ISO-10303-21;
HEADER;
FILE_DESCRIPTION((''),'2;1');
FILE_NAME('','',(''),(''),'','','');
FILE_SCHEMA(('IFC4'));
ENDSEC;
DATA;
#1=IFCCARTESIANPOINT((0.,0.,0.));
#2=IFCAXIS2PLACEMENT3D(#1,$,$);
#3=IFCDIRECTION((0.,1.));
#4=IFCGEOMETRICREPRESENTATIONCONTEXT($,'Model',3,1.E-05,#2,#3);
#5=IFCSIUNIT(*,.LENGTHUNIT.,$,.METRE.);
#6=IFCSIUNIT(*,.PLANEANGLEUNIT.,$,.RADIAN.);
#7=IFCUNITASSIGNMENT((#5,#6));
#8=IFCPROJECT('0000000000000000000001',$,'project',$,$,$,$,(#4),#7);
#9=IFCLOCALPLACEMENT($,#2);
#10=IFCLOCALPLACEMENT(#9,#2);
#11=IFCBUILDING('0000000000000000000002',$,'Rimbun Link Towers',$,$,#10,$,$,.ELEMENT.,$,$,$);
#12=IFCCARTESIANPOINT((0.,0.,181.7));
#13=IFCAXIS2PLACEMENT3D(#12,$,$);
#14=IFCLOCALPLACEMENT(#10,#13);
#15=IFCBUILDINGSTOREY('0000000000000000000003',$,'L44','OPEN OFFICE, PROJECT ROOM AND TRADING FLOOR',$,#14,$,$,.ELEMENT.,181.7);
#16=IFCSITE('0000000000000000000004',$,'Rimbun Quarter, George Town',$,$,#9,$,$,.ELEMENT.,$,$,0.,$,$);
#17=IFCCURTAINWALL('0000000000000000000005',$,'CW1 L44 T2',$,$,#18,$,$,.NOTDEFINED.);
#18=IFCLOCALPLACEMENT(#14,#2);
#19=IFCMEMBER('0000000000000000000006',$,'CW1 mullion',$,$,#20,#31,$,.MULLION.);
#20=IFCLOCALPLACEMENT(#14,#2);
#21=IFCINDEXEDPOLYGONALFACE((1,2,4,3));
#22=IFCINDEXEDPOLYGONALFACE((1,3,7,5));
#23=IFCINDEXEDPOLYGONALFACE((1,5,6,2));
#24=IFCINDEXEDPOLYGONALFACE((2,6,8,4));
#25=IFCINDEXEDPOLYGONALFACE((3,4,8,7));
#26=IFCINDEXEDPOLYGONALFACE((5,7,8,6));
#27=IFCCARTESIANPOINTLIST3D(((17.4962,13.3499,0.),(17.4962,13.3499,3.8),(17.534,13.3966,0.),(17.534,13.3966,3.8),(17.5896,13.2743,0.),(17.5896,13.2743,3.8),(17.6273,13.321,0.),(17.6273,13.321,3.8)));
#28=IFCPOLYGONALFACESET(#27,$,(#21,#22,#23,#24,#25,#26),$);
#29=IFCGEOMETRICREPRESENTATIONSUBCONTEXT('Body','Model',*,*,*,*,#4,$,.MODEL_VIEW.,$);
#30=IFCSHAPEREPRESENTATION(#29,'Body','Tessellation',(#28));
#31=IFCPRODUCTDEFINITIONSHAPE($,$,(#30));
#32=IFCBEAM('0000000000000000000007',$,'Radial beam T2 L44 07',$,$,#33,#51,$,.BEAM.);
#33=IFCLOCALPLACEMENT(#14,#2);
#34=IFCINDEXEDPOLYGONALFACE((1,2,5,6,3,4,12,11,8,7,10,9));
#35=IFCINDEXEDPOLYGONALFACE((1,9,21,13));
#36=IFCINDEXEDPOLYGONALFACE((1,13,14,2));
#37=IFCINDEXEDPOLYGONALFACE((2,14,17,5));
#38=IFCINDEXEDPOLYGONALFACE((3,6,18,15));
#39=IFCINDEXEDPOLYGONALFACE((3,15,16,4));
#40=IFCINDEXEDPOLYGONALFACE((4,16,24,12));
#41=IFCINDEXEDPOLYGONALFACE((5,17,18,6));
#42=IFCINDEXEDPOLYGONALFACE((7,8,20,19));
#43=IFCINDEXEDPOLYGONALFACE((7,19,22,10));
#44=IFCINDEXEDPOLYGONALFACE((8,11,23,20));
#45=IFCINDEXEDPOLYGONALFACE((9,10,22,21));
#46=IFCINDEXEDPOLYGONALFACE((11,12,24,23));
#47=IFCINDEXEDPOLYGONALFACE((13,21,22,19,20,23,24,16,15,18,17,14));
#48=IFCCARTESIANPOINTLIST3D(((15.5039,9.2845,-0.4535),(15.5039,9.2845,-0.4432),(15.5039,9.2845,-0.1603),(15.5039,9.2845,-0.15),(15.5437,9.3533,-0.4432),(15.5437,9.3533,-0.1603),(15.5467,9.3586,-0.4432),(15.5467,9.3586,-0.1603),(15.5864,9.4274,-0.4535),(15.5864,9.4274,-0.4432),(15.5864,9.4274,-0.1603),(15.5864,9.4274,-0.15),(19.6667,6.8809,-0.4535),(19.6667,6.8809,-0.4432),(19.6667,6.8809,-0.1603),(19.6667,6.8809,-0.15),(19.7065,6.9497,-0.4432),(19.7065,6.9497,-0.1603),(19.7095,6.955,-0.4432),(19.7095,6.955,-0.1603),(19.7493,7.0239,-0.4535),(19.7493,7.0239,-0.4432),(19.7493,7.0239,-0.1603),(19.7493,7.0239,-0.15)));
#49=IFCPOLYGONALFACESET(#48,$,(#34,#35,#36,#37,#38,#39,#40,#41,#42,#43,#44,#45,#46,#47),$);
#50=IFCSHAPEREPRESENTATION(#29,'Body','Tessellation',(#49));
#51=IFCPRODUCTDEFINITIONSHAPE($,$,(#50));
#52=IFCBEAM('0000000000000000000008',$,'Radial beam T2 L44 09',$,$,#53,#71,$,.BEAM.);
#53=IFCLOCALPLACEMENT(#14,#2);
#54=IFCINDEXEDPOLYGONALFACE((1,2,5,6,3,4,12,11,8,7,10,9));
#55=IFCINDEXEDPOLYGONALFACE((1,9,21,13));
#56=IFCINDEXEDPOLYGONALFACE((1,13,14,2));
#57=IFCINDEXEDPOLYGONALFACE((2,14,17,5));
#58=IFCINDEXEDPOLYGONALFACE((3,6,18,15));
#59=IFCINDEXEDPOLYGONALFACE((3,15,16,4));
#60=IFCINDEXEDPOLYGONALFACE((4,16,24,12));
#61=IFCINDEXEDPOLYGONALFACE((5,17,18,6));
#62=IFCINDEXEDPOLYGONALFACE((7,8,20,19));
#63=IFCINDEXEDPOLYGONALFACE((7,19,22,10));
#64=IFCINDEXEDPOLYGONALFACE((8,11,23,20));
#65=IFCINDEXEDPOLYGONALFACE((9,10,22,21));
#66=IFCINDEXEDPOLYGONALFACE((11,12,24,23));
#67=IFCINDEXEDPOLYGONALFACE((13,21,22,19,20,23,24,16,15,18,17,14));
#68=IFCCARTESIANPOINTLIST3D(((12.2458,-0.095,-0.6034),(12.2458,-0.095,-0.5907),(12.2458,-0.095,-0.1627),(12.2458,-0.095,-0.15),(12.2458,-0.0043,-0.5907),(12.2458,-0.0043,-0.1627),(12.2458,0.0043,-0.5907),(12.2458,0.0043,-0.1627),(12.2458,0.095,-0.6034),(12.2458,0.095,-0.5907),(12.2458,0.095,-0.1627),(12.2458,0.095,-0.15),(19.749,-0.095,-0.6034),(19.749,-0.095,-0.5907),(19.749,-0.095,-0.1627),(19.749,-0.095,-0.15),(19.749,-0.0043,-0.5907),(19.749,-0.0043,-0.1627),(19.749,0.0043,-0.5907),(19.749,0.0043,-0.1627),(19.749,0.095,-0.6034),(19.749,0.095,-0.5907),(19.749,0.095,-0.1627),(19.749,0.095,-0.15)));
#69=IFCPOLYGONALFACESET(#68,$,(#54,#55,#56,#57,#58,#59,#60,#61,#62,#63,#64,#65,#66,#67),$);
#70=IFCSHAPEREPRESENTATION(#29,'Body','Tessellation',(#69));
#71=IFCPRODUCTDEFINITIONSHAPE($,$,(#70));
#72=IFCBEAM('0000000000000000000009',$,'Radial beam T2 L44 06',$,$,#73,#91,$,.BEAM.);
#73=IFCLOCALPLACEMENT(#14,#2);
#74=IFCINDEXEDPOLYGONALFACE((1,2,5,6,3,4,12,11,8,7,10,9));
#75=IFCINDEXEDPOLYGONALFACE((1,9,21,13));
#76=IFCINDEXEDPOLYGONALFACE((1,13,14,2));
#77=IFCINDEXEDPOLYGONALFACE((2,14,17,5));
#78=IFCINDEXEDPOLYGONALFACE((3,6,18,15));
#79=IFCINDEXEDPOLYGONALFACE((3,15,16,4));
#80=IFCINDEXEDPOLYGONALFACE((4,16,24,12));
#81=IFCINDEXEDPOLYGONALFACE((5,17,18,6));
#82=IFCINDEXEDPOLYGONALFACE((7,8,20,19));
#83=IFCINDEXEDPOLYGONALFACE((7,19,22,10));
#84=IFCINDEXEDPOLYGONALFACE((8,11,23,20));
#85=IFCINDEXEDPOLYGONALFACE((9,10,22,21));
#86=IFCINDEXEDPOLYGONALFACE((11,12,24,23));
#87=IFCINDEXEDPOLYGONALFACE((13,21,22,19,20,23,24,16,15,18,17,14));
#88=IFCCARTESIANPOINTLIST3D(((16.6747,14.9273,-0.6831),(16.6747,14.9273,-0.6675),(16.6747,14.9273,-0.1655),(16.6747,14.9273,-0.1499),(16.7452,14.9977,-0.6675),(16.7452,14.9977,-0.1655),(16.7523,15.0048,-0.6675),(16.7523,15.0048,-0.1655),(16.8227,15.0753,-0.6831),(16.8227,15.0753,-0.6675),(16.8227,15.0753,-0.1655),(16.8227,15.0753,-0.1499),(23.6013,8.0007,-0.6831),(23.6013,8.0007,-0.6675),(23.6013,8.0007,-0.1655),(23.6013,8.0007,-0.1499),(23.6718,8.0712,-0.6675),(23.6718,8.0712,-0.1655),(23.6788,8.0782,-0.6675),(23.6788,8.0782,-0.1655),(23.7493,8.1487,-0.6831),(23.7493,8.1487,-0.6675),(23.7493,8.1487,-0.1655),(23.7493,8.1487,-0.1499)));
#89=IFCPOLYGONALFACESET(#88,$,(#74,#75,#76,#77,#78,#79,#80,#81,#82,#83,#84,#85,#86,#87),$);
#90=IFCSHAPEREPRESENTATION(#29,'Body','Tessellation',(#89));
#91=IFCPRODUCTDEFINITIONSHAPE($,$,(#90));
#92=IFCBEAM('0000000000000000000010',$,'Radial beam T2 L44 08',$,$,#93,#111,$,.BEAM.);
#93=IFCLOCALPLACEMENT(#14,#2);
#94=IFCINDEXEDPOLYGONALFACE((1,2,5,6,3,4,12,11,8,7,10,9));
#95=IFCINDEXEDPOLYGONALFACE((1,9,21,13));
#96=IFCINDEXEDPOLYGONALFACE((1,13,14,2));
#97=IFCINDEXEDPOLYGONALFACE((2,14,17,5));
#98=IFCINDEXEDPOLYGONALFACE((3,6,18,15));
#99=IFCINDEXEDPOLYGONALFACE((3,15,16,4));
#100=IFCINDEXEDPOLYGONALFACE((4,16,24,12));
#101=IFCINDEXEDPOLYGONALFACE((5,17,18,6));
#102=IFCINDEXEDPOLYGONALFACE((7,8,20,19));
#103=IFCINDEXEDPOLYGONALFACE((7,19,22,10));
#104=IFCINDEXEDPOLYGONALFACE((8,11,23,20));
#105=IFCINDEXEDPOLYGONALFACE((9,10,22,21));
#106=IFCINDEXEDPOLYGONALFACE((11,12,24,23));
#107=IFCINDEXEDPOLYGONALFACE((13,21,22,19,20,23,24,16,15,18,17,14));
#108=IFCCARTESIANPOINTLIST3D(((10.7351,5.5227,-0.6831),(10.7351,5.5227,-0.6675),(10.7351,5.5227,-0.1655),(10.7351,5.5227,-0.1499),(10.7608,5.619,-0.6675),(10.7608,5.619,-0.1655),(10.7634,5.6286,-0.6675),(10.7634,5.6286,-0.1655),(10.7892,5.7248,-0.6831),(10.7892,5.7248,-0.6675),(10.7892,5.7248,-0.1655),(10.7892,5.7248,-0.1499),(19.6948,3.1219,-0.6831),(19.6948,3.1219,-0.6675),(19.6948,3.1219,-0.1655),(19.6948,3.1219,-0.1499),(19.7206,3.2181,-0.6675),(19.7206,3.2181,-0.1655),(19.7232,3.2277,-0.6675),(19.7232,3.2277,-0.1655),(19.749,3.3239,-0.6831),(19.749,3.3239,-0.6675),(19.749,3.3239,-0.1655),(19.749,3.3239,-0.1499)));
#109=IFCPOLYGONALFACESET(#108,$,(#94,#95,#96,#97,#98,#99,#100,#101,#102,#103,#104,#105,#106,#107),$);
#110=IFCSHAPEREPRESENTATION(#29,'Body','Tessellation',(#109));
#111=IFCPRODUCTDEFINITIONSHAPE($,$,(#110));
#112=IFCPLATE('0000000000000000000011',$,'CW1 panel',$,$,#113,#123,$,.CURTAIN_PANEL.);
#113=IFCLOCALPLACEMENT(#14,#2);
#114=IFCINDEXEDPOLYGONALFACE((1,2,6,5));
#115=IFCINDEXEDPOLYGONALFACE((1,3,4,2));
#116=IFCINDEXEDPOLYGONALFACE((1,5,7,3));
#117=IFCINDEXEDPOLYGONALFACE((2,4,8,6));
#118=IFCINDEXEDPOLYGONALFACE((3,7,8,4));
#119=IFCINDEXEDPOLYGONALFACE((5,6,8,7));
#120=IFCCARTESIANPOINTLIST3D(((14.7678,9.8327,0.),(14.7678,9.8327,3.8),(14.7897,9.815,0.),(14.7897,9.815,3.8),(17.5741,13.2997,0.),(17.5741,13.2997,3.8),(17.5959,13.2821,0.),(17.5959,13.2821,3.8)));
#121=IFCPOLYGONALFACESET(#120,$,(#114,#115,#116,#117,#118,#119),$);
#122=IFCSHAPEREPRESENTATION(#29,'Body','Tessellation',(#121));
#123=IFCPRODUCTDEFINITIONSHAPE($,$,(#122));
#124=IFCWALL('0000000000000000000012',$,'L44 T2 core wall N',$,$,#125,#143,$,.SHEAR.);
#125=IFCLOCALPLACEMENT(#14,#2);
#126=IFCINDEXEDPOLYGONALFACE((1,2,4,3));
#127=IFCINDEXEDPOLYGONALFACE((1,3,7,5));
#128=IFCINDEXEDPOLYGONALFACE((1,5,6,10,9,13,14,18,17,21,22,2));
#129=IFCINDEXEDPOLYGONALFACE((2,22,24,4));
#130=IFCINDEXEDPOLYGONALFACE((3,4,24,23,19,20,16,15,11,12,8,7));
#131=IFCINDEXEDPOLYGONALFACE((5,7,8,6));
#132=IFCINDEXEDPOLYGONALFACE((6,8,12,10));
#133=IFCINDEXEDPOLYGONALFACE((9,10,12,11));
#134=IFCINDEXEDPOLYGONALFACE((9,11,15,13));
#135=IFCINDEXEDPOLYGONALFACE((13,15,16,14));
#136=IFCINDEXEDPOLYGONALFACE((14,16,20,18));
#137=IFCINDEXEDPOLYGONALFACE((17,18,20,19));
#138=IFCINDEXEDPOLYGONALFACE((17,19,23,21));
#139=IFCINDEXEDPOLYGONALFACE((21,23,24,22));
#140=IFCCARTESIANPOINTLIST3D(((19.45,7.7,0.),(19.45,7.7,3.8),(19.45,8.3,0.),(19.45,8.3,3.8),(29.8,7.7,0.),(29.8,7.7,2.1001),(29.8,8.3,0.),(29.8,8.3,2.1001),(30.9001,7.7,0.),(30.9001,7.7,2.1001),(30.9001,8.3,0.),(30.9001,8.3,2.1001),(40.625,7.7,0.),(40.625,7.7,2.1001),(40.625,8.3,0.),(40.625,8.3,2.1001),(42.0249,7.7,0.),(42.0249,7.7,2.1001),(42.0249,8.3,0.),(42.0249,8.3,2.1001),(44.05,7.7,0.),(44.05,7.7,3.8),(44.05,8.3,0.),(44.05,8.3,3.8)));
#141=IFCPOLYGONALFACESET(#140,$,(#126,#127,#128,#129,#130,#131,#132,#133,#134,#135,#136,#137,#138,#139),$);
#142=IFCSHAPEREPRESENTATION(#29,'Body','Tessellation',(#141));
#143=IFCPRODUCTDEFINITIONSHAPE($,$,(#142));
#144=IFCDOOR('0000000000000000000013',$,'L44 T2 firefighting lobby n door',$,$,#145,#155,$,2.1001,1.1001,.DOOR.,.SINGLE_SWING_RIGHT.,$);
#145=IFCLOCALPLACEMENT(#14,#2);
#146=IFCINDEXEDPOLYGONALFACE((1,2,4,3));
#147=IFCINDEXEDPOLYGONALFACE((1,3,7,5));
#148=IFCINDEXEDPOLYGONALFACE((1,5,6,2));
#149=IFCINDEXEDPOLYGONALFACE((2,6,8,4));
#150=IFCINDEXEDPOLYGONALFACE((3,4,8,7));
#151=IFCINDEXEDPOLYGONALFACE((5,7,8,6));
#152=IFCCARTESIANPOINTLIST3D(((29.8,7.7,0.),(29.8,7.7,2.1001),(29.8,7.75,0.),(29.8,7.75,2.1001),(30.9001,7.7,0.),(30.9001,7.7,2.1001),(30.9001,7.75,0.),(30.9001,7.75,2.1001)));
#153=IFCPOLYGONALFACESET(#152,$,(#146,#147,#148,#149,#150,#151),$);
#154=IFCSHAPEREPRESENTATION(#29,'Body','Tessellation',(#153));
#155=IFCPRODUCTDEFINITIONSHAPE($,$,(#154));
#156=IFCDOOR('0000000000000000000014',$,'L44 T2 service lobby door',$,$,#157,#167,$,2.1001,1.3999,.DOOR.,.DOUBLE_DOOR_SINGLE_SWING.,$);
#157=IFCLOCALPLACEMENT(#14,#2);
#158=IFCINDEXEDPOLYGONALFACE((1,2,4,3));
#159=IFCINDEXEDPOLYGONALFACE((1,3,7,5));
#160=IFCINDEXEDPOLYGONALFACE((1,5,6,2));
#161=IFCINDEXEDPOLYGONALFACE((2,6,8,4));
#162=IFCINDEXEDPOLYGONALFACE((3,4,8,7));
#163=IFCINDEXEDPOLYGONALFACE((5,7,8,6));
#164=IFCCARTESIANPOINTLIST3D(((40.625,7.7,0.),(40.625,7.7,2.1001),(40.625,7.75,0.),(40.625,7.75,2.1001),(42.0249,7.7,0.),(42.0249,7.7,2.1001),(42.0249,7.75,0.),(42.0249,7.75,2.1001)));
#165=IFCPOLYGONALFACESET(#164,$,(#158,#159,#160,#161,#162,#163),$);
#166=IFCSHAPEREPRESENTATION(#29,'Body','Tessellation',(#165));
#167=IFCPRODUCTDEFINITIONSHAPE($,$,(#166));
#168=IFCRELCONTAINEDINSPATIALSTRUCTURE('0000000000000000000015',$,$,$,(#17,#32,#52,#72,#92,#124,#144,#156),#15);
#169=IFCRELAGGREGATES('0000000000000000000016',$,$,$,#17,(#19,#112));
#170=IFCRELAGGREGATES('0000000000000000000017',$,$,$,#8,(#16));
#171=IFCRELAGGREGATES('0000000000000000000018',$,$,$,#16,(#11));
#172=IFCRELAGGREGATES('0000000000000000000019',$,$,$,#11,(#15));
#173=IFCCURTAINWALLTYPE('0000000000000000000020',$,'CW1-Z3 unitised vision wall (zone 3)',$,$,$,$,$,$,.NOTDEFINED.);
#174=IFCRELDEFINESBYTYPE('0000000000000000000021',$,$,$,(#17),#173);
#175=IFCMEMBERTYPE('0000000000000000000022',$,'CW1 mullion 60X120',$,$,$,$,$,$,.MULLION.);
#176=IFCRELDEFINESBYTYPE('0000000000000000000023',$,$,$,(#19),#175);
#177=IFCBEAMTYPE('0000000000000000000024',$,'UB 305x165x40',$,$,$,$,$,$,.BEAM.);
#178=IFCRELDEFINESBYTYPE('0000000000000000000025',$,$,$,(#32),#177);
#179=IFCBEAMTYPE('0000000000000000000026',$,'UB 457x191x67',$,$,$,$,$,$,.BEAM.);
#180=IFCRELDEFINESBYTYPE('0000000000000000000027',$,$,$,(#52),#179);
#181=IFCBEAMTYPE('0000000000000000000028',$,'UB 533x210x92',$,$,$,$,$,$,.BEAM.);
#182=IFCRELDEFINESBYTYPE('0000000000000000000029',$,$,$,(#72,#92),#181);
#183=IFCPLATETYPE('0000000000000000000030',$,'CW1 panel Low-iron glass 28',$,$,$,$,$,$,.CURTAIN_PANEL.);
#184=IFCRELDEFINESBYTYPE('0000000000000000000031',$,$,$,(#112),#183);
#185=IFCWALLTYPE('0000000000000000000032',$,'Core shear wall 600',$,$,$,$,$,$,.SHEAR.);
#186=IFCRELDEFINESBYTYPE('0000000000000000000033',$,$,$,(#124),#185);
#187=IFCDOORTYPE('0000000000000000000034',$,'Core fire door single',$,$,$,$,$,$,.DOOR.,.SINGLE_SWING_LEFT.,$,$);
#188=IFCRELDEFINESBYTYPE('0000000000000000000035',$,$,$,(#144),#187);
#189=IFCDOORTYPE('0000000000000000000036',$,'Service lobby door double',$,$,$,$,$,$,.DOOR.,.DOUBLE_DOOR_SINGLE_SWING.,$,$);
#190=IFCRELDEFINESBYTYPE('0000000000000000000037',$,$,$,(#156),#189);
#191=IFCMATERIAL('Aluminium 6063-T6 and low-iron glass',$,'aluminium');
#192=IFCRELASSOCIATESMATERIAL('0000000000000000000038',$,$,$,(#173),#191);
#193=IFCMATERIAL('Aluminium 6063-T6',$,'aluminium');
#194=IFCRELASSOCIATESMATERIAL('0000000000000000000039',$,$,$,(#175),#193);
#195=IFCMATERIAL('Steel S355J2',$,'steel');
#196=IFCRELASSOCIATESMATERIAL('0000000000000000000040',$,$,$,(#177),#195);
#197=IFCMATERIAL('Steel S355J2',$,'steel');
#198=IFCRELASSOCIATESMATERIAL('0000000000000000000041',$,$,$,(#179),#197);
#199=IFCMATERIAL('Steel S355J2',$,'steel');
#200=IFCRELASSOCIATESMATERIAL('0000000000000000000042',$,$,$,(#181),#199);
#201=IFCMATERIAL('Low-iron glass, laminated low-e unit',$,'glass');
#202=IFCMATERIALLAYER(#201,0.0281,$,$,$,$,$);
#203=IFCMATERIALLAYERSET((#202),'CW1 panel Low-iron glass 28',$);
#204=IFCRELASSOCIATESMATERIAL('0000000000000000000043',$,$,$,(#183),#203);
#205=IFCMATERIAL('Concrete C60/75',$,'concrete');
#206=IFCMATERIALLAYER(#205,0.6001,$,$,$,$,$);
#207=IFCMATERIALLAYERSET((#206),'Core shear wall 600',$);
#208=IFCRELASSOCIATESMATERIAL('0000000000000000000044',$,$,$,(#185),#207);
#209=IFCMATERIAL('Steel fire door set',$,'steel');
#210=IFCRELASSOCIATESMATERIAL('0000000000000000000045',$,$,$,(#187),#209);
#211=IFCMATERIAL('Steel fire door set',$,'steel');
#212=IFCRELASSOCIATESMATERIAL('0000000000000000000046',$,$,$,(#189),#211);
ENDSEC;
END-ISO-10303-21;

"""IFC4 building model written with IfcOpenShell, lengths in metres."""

from ifc_helpers import new_model, si_unit, direction, frame, frame_2d, origin, origin_2d, place, context, subcontext, project, spatial, rectangle, i_section, extrude, material, layer, layer_set, material_profile, profile_set, type_object, element, fill, aggregate, save


model = new_model("IFC4")

# Units and contexts
model_context = context("Model", 3, precision=1e-05, world=origin(), true_north=direction((0.0, 1.0)))
body_context = subcontext(model_context, "Body", "Model", "MODEL_VIEW")
ifc_project = project(units=[si_unit("LENGTHUNIT", "METRE"), si_unit("PLANEANGLEUNIT", "RADIAN")], contexts=[model_context])

# Site, building, storey
site_placement = place(None, origin())
site = spatial("IfcSite", under=ifc_project, at=site_placement, Name="Rimbun Quarter, George Town", CompositionType="ELEMENT", RefElevation=0.0)
building_placement = place(site_placement, origin())
building = spatial("IfcBuilding", under=site, at=building_placement, Name="Rimbun Link Towers", CompositionType="ELEMENT")
storey_placement = place(building_placement, frame((0.0, 0.0, 181.7)))
storey = spatial("IfcBuildingStorey", under=building, at=storey_placement, Name="L44", Description="OPEN OFFICE, PROJECT ROOM AND TRADING FLOOR", CompositionType="ELEMENT", Elevation=181.7)

# Curtain wall, member
ifc_material_1 = material(Name="Aluminium 6063-T6 and low-iron glass", Category="aluminium")
curtain_wall_type = type_object("IfcCurtainWallType", Name="CW1-Z3 unitised vision wall (zone 3)", PredefinedType="NOTDEFINED", material=ifc_material_1)
curtain_wall_placement = place(storey_placement, origin())
curtain_wall = element("IfcCurtainWall", 1, at=curtain_wall_placement, inside=storey, type_object=curtain_wall_type, Name="CW1 L44 T2", PredefinedType="NOTDEFINED")
ifc_material_2 = material(Name="Aluminium 6063-T6", Category="aluminium")
ifc_material_profile_1 = material_profile(ifc_material_2, rectangle(XDim=0.1201, YDim=0.0601, at=origin_2d()), Name="MULLION 60X120")
ifc_profile_set_1 = profile_set([ifc_material_profile_1], Name="Aluminium 6063-T6")
member_type = type_object("IfcMemberType", Name="CW1 mullion 60X120", PredefinedType="MULLION", material=ifc_profile_set_1)
member_placement = place(storey_placement, frame((17.5618, 13.3354, 0.0), z_axis=(0.0, 0.0, 1.0), x_axis=(-0.777287, 0.629146, 0.0)))
member = element("IfcMember", 2, at=member_placement, type_object=member_type, Name="CW1 mullion", PredefinedType="MULLION", context=body_context, shape_type="SweptSolid", body=[
    extrude(rectangle(XDim=0.1201, YDim=0.0601, at=origin_2d()), origin(), (0.0, 0.0, 1.0), 3.8),
])

# Beams
ifc_material_3 = material(Name="Steel S355J2", Category="steel")
ifc_material_profile_2 = material_profile(ifc_material_3, i_section(OverallWidth=0.165, OverallDepth=0.3035, WebThickness=0.0061, FlangeThickness=0.0103, at=origin_2d()), Name="UB 305x165x40")
ifc_profile_set_2 = profile_set([ifc_material_profile_2], Name="Steel S355J2")
beam_type_1 = type_object("IfcBeamType", Name="UB 305x165x40", PredefinedType="BEAM", material=ifc_profile_set_2)
beam_1_placement = place(storey_placement, frame((19.708, 6.9524, -0.3018), z_axis=(-0.866012, 0.500023, 0.0), x_axis=(-0.500023, -0.866012, 0.0)))
element("IfcBeam", 3, at=beam_1_placement, inside=storey, type_object=beam_type_1, Name="Radial beam T2 L44 07", PredefinedType="BEAM", context=body_context, shape_type="SweptSolid", body=[
    extrude(i_section(OverallWidth=0.165, OverallDepth=0.3035, WebThickness=0.0061, FlangeThickness=0.0103, at=origin_2d()), origin(), (0.0, 0.0, 1.0), 4.8069),
])
ifc_material_4 = material(Name="Steel S355J2", Category="steel")
ifc_material_profile_3 = material_profile(ifc_material_4, i_section(OverallWidth=0.1899, OverallDepth=0.4534, WebThickness=0.0085, FlangeThickness=0.0127, at=origin_2d()), Name="UB 457x191x67")
ifc_profile_set_3 = profile_set([ifc_material_profile_3], Name="Steel S355J2")
beam_type_2 = type_object("IfcBeamType", Name="UB 457x191x67", PredefinedType="BEAM", material=ifc_profile_set_3)
beam_2_placement = place(storey_placement, frame((19.749, 0.0, -0.3767), z_axis=(-1.0, 0.0, 0.0), x_axis=(0.0, -1.0, 0.0)))
element("IfcBeam", 4, at=beam_2_placement, inside=storey, type_object=beam_type_2, Name="Radial beam T2 L44 09", PredefinedType="BEAM", context=body_context, shape_type="SweptSolid", body=[
    extrude(i_section(OverallWidth=0.1899, OverallDepth=0.4534, WebThickness=0.0085, FlangeThickness=0.0127, at=origin_2d()), origin(), (0.0, 0.0, 1.0), 7.5032),
])
ifc_material_5 = material(Name="Steel S355J2", Category="steel")
ifc_material_profile_4 = material_profile(ifc_material_5, i_section(OverallWidth=0.2092, OverallDepth=0.5332, WebThickness=0.01, FlangeThickness=0.0156, at=origin_2d()), Name="UB 533x210x92")
ifc_profile_set_4 = profile_set([ifc_material_profile_4], Name="Steel S355J2")
beam_type_3 = type_object("IfcBeamType", Name="UB 533x210x92", PredefinedType="BEAM", material=ifc_profile_set_4)
beam_3_placement = place(storey_placement, frame((23.6753, 8.0747, -0.4165), z_axis=(-0.707107, 0.707107, 0.0), x_axis=(-0.707107, -0.707107, 0.0)))
element("IfcBeam", 5, at=beam_3_placement, inside=storey, type_object=beam_type_3, Name="Radial beam T2 L44 06", PredefinedType="BEAM", context=body_context, shape_type="SweptSolid", body=[
    extrude(i_section(OverallWidth=0.2092, OverallDepth=0.5332, WebThickness=0.01, FlangeThickness=0.0156, at=origin_2d()), origin(), (0.0, 0.0, 1.0), 9.7957),
])
beam_4_placement = place(storey_placement, frame((19.7219, 3.2229, -0.4165), z_axis=(-0.965922, 0.258832, 0.0), x_axis=(-0.258832, -0.965922, 0.0)))
element("IfcBeam", 6, at=beam_4_placement, inside=storey, type_object=beam_type_3, Name="Radial beam T2 L44 08", PredefinedType="BEAM", context=body_context, shape_type="SweptSolid", body=[
    extrude(i_section(OverallWidth=0.2092, OverallDepth=0.5332, WebThickness=0.01, FlangeThickness=0.0156, at=origin_2d()), origin(), (0.0, 0.0, 1.0), 9.2759),
])

# Plate
ifc_material_6 = material(Name="Low-iron glass, laminated low-e unit", Category="glass")
ifc_layer_1 = layer(ifc_material_6, 0.0281)
ifc_layer_set_1 = layer_set([ifc_layer_1], Name="CW1 panel Low-iron glass 28")
plate_type = type_object("IfcPlateType", Name="CW1 panel Low-iron glass 28", PredefinedType="CURTAIN_PANEL", material=ifc_layer_set_1)
plate_placement = place(storey_placement, frame((16.1819, 11.5574, 0.0), z_axis=(0.0, 0.0, 1.0), x_axis=(0.629146, 0.777287, 0.0)))
plate = element("IfcPlate", 7, at=plate_placement, type_object=plate_type, Name="CW1 panel", PredefinedType="CURTAIN_PANEL", context=body_context, shape_type="SweptSolid", body=[
    extrude(rectangle(XDim=4.4604, YDim=0.0281, at=origin_2d()), origin(), (0.0, 0.0, 1.0), 3.8),
])
aggregate(curtain_wall, [member, plate])

# Wall, openings, doors
ifc_material_7 = material(Name="Concrete C60/75", Category="concrete")
ifc_layer_2 = layer(ifc_material_7, 0.6001)
ifc_layer_set_2 = layer_set([ifc_layer_2], Name="Core shear wall 600")
wall_type_1 = type_object("IfcWallType", Name="Core shear wall 600", PredefinedType="SHEAR", material=ifc_layer_set_2)
wall_1_placement = place(storey_placement, frame((19.45, 8.0, 0.0), z_axis=(0.0, 0.0, 1.0), x_axis=(1.0, 0.0, 0.0)))
wall_1 = element("IfcWall", 8, at=wall_1_placement, inside=storey, type_object=wall_type_1, Name="L44 T2 core wall N", PredefinedType="SHEAR", context=body_context, shape_type="SweptSolid", body=[
    extrude(rectangle(XDim=24.6001, YDim=0.6001, at=frame_2d((12.3, 0.0))), origin(), (0.0, 0.0, 1.0), 3.8),
])
opening_1_placement = place(wall_1_placement, frame((10.3501, 0.0, 0.0)))
opening_1 = element("IfcOpeningElement", 9, at=opening_1_placement, cuts=wall_1, PredefinedType="OPENING", context=body_context, shape_type="SweptSolid", body=[
    extrude(rectangle(XDim=1.1001, YDim=2.1001, at=frame_2d((0.55, 1.05))), frame((0.0, 0.3101, 0.0), z_axis=(0.0, -1.0, 0.0), x_axis=(1.0, 0.0, 0.0)), (0.0, 0.0, 1.0), 0.6201),
])
opening_2_placement = place(wall_1_placement, frame((21.175, 0.0, 0.0)))
opening_2 = element("IfcOpeningElement", 10, at=opening_2_placement, cuts=wall_1, PredefinedType="OPENING", context=body_context, shape_type="SweptSolid", body=[
    extrude(rectangle(XDim=1.3999, YDim=2.1001, at=frame_2d((0.7, 1.05))), frame((0.0, 0.3101, 0.0), z_axis=(0.0, -1.0, 0.0), x_axis=(1.0, 0.0, 0.0)), (0.0, 0.0, 1.0), 0.6201),
])
ifc_material_8 = material(Name="Steel fire door set", Category="steel")
door_type_1 = type_object("IfcDoorType", Name="Core fire door single", OperationType="SINGLE_SWING_LEFT", PredefinedType="DOOR", material=ifc_material_8)
door_1_placement = place(opening_1_placement, origin())
door_1 = element("IfcDoor", 11, at=door_1_placement, inside=storey, type_object=door_type_1, Name="L44 T2 firefighting lobby n door", OperationType="SINGLE_SWING_RIGHT", OverallHeight=2.1001, OverallWidth=1.1001, PredefinedType="DOOR", context=body_context, shape_type="SweptSolid", body=[
    extrude(rectangle(XDim=1.1001, YDim=2.1001, at=frame_2d((0.55, 1.05))), frame((0.0, -0.25, 0.0), z_axis=(0.0, -1.0, 0.0), x_axis=(1.0, 0.0, 0.0)), (0.0, 0.0, 1.0), 0.05),
])
fill(opening_1, door_1)
ifc_material_9 = material(Name="Steel fire door set", Category="steel")
door_type_2 = type_object("IfcDoorType", Name="Service lobby door double", OperationType="DOUBLE_DOOR_SINGLE_SWING", PredefinedType="DOOR", material=ifc_material_9)
door_2_placement = place(opening_2_placement, origin())
door_2 = element("IfcDoor", 12, at=door_2_placement, inside=storey, type_object=door_type_2, Name="L44 T2 service lobby door", OperationType="DOUBLE_DOOR_SINGLE_SWING", OverallHeight=2.1001, OverallWidth=1.3999, PredefinedType="DOOR", context=body_context, shape_type="SweptSolid", body=[
    extrude(rectangle(XDim=1.3999, YDim=2.1001, at=frame_2d((0.7, 1.05))), frame((0.0, -0.25, 0.0), z_axis=(0.0, -1.0, 0.0), x_axis=(1.0, 0.0, 0.0)), (0.0, 0.0, 1.0), 0.05),
])
fill(opening_2, door_2)

save(model, "model.ifc")
